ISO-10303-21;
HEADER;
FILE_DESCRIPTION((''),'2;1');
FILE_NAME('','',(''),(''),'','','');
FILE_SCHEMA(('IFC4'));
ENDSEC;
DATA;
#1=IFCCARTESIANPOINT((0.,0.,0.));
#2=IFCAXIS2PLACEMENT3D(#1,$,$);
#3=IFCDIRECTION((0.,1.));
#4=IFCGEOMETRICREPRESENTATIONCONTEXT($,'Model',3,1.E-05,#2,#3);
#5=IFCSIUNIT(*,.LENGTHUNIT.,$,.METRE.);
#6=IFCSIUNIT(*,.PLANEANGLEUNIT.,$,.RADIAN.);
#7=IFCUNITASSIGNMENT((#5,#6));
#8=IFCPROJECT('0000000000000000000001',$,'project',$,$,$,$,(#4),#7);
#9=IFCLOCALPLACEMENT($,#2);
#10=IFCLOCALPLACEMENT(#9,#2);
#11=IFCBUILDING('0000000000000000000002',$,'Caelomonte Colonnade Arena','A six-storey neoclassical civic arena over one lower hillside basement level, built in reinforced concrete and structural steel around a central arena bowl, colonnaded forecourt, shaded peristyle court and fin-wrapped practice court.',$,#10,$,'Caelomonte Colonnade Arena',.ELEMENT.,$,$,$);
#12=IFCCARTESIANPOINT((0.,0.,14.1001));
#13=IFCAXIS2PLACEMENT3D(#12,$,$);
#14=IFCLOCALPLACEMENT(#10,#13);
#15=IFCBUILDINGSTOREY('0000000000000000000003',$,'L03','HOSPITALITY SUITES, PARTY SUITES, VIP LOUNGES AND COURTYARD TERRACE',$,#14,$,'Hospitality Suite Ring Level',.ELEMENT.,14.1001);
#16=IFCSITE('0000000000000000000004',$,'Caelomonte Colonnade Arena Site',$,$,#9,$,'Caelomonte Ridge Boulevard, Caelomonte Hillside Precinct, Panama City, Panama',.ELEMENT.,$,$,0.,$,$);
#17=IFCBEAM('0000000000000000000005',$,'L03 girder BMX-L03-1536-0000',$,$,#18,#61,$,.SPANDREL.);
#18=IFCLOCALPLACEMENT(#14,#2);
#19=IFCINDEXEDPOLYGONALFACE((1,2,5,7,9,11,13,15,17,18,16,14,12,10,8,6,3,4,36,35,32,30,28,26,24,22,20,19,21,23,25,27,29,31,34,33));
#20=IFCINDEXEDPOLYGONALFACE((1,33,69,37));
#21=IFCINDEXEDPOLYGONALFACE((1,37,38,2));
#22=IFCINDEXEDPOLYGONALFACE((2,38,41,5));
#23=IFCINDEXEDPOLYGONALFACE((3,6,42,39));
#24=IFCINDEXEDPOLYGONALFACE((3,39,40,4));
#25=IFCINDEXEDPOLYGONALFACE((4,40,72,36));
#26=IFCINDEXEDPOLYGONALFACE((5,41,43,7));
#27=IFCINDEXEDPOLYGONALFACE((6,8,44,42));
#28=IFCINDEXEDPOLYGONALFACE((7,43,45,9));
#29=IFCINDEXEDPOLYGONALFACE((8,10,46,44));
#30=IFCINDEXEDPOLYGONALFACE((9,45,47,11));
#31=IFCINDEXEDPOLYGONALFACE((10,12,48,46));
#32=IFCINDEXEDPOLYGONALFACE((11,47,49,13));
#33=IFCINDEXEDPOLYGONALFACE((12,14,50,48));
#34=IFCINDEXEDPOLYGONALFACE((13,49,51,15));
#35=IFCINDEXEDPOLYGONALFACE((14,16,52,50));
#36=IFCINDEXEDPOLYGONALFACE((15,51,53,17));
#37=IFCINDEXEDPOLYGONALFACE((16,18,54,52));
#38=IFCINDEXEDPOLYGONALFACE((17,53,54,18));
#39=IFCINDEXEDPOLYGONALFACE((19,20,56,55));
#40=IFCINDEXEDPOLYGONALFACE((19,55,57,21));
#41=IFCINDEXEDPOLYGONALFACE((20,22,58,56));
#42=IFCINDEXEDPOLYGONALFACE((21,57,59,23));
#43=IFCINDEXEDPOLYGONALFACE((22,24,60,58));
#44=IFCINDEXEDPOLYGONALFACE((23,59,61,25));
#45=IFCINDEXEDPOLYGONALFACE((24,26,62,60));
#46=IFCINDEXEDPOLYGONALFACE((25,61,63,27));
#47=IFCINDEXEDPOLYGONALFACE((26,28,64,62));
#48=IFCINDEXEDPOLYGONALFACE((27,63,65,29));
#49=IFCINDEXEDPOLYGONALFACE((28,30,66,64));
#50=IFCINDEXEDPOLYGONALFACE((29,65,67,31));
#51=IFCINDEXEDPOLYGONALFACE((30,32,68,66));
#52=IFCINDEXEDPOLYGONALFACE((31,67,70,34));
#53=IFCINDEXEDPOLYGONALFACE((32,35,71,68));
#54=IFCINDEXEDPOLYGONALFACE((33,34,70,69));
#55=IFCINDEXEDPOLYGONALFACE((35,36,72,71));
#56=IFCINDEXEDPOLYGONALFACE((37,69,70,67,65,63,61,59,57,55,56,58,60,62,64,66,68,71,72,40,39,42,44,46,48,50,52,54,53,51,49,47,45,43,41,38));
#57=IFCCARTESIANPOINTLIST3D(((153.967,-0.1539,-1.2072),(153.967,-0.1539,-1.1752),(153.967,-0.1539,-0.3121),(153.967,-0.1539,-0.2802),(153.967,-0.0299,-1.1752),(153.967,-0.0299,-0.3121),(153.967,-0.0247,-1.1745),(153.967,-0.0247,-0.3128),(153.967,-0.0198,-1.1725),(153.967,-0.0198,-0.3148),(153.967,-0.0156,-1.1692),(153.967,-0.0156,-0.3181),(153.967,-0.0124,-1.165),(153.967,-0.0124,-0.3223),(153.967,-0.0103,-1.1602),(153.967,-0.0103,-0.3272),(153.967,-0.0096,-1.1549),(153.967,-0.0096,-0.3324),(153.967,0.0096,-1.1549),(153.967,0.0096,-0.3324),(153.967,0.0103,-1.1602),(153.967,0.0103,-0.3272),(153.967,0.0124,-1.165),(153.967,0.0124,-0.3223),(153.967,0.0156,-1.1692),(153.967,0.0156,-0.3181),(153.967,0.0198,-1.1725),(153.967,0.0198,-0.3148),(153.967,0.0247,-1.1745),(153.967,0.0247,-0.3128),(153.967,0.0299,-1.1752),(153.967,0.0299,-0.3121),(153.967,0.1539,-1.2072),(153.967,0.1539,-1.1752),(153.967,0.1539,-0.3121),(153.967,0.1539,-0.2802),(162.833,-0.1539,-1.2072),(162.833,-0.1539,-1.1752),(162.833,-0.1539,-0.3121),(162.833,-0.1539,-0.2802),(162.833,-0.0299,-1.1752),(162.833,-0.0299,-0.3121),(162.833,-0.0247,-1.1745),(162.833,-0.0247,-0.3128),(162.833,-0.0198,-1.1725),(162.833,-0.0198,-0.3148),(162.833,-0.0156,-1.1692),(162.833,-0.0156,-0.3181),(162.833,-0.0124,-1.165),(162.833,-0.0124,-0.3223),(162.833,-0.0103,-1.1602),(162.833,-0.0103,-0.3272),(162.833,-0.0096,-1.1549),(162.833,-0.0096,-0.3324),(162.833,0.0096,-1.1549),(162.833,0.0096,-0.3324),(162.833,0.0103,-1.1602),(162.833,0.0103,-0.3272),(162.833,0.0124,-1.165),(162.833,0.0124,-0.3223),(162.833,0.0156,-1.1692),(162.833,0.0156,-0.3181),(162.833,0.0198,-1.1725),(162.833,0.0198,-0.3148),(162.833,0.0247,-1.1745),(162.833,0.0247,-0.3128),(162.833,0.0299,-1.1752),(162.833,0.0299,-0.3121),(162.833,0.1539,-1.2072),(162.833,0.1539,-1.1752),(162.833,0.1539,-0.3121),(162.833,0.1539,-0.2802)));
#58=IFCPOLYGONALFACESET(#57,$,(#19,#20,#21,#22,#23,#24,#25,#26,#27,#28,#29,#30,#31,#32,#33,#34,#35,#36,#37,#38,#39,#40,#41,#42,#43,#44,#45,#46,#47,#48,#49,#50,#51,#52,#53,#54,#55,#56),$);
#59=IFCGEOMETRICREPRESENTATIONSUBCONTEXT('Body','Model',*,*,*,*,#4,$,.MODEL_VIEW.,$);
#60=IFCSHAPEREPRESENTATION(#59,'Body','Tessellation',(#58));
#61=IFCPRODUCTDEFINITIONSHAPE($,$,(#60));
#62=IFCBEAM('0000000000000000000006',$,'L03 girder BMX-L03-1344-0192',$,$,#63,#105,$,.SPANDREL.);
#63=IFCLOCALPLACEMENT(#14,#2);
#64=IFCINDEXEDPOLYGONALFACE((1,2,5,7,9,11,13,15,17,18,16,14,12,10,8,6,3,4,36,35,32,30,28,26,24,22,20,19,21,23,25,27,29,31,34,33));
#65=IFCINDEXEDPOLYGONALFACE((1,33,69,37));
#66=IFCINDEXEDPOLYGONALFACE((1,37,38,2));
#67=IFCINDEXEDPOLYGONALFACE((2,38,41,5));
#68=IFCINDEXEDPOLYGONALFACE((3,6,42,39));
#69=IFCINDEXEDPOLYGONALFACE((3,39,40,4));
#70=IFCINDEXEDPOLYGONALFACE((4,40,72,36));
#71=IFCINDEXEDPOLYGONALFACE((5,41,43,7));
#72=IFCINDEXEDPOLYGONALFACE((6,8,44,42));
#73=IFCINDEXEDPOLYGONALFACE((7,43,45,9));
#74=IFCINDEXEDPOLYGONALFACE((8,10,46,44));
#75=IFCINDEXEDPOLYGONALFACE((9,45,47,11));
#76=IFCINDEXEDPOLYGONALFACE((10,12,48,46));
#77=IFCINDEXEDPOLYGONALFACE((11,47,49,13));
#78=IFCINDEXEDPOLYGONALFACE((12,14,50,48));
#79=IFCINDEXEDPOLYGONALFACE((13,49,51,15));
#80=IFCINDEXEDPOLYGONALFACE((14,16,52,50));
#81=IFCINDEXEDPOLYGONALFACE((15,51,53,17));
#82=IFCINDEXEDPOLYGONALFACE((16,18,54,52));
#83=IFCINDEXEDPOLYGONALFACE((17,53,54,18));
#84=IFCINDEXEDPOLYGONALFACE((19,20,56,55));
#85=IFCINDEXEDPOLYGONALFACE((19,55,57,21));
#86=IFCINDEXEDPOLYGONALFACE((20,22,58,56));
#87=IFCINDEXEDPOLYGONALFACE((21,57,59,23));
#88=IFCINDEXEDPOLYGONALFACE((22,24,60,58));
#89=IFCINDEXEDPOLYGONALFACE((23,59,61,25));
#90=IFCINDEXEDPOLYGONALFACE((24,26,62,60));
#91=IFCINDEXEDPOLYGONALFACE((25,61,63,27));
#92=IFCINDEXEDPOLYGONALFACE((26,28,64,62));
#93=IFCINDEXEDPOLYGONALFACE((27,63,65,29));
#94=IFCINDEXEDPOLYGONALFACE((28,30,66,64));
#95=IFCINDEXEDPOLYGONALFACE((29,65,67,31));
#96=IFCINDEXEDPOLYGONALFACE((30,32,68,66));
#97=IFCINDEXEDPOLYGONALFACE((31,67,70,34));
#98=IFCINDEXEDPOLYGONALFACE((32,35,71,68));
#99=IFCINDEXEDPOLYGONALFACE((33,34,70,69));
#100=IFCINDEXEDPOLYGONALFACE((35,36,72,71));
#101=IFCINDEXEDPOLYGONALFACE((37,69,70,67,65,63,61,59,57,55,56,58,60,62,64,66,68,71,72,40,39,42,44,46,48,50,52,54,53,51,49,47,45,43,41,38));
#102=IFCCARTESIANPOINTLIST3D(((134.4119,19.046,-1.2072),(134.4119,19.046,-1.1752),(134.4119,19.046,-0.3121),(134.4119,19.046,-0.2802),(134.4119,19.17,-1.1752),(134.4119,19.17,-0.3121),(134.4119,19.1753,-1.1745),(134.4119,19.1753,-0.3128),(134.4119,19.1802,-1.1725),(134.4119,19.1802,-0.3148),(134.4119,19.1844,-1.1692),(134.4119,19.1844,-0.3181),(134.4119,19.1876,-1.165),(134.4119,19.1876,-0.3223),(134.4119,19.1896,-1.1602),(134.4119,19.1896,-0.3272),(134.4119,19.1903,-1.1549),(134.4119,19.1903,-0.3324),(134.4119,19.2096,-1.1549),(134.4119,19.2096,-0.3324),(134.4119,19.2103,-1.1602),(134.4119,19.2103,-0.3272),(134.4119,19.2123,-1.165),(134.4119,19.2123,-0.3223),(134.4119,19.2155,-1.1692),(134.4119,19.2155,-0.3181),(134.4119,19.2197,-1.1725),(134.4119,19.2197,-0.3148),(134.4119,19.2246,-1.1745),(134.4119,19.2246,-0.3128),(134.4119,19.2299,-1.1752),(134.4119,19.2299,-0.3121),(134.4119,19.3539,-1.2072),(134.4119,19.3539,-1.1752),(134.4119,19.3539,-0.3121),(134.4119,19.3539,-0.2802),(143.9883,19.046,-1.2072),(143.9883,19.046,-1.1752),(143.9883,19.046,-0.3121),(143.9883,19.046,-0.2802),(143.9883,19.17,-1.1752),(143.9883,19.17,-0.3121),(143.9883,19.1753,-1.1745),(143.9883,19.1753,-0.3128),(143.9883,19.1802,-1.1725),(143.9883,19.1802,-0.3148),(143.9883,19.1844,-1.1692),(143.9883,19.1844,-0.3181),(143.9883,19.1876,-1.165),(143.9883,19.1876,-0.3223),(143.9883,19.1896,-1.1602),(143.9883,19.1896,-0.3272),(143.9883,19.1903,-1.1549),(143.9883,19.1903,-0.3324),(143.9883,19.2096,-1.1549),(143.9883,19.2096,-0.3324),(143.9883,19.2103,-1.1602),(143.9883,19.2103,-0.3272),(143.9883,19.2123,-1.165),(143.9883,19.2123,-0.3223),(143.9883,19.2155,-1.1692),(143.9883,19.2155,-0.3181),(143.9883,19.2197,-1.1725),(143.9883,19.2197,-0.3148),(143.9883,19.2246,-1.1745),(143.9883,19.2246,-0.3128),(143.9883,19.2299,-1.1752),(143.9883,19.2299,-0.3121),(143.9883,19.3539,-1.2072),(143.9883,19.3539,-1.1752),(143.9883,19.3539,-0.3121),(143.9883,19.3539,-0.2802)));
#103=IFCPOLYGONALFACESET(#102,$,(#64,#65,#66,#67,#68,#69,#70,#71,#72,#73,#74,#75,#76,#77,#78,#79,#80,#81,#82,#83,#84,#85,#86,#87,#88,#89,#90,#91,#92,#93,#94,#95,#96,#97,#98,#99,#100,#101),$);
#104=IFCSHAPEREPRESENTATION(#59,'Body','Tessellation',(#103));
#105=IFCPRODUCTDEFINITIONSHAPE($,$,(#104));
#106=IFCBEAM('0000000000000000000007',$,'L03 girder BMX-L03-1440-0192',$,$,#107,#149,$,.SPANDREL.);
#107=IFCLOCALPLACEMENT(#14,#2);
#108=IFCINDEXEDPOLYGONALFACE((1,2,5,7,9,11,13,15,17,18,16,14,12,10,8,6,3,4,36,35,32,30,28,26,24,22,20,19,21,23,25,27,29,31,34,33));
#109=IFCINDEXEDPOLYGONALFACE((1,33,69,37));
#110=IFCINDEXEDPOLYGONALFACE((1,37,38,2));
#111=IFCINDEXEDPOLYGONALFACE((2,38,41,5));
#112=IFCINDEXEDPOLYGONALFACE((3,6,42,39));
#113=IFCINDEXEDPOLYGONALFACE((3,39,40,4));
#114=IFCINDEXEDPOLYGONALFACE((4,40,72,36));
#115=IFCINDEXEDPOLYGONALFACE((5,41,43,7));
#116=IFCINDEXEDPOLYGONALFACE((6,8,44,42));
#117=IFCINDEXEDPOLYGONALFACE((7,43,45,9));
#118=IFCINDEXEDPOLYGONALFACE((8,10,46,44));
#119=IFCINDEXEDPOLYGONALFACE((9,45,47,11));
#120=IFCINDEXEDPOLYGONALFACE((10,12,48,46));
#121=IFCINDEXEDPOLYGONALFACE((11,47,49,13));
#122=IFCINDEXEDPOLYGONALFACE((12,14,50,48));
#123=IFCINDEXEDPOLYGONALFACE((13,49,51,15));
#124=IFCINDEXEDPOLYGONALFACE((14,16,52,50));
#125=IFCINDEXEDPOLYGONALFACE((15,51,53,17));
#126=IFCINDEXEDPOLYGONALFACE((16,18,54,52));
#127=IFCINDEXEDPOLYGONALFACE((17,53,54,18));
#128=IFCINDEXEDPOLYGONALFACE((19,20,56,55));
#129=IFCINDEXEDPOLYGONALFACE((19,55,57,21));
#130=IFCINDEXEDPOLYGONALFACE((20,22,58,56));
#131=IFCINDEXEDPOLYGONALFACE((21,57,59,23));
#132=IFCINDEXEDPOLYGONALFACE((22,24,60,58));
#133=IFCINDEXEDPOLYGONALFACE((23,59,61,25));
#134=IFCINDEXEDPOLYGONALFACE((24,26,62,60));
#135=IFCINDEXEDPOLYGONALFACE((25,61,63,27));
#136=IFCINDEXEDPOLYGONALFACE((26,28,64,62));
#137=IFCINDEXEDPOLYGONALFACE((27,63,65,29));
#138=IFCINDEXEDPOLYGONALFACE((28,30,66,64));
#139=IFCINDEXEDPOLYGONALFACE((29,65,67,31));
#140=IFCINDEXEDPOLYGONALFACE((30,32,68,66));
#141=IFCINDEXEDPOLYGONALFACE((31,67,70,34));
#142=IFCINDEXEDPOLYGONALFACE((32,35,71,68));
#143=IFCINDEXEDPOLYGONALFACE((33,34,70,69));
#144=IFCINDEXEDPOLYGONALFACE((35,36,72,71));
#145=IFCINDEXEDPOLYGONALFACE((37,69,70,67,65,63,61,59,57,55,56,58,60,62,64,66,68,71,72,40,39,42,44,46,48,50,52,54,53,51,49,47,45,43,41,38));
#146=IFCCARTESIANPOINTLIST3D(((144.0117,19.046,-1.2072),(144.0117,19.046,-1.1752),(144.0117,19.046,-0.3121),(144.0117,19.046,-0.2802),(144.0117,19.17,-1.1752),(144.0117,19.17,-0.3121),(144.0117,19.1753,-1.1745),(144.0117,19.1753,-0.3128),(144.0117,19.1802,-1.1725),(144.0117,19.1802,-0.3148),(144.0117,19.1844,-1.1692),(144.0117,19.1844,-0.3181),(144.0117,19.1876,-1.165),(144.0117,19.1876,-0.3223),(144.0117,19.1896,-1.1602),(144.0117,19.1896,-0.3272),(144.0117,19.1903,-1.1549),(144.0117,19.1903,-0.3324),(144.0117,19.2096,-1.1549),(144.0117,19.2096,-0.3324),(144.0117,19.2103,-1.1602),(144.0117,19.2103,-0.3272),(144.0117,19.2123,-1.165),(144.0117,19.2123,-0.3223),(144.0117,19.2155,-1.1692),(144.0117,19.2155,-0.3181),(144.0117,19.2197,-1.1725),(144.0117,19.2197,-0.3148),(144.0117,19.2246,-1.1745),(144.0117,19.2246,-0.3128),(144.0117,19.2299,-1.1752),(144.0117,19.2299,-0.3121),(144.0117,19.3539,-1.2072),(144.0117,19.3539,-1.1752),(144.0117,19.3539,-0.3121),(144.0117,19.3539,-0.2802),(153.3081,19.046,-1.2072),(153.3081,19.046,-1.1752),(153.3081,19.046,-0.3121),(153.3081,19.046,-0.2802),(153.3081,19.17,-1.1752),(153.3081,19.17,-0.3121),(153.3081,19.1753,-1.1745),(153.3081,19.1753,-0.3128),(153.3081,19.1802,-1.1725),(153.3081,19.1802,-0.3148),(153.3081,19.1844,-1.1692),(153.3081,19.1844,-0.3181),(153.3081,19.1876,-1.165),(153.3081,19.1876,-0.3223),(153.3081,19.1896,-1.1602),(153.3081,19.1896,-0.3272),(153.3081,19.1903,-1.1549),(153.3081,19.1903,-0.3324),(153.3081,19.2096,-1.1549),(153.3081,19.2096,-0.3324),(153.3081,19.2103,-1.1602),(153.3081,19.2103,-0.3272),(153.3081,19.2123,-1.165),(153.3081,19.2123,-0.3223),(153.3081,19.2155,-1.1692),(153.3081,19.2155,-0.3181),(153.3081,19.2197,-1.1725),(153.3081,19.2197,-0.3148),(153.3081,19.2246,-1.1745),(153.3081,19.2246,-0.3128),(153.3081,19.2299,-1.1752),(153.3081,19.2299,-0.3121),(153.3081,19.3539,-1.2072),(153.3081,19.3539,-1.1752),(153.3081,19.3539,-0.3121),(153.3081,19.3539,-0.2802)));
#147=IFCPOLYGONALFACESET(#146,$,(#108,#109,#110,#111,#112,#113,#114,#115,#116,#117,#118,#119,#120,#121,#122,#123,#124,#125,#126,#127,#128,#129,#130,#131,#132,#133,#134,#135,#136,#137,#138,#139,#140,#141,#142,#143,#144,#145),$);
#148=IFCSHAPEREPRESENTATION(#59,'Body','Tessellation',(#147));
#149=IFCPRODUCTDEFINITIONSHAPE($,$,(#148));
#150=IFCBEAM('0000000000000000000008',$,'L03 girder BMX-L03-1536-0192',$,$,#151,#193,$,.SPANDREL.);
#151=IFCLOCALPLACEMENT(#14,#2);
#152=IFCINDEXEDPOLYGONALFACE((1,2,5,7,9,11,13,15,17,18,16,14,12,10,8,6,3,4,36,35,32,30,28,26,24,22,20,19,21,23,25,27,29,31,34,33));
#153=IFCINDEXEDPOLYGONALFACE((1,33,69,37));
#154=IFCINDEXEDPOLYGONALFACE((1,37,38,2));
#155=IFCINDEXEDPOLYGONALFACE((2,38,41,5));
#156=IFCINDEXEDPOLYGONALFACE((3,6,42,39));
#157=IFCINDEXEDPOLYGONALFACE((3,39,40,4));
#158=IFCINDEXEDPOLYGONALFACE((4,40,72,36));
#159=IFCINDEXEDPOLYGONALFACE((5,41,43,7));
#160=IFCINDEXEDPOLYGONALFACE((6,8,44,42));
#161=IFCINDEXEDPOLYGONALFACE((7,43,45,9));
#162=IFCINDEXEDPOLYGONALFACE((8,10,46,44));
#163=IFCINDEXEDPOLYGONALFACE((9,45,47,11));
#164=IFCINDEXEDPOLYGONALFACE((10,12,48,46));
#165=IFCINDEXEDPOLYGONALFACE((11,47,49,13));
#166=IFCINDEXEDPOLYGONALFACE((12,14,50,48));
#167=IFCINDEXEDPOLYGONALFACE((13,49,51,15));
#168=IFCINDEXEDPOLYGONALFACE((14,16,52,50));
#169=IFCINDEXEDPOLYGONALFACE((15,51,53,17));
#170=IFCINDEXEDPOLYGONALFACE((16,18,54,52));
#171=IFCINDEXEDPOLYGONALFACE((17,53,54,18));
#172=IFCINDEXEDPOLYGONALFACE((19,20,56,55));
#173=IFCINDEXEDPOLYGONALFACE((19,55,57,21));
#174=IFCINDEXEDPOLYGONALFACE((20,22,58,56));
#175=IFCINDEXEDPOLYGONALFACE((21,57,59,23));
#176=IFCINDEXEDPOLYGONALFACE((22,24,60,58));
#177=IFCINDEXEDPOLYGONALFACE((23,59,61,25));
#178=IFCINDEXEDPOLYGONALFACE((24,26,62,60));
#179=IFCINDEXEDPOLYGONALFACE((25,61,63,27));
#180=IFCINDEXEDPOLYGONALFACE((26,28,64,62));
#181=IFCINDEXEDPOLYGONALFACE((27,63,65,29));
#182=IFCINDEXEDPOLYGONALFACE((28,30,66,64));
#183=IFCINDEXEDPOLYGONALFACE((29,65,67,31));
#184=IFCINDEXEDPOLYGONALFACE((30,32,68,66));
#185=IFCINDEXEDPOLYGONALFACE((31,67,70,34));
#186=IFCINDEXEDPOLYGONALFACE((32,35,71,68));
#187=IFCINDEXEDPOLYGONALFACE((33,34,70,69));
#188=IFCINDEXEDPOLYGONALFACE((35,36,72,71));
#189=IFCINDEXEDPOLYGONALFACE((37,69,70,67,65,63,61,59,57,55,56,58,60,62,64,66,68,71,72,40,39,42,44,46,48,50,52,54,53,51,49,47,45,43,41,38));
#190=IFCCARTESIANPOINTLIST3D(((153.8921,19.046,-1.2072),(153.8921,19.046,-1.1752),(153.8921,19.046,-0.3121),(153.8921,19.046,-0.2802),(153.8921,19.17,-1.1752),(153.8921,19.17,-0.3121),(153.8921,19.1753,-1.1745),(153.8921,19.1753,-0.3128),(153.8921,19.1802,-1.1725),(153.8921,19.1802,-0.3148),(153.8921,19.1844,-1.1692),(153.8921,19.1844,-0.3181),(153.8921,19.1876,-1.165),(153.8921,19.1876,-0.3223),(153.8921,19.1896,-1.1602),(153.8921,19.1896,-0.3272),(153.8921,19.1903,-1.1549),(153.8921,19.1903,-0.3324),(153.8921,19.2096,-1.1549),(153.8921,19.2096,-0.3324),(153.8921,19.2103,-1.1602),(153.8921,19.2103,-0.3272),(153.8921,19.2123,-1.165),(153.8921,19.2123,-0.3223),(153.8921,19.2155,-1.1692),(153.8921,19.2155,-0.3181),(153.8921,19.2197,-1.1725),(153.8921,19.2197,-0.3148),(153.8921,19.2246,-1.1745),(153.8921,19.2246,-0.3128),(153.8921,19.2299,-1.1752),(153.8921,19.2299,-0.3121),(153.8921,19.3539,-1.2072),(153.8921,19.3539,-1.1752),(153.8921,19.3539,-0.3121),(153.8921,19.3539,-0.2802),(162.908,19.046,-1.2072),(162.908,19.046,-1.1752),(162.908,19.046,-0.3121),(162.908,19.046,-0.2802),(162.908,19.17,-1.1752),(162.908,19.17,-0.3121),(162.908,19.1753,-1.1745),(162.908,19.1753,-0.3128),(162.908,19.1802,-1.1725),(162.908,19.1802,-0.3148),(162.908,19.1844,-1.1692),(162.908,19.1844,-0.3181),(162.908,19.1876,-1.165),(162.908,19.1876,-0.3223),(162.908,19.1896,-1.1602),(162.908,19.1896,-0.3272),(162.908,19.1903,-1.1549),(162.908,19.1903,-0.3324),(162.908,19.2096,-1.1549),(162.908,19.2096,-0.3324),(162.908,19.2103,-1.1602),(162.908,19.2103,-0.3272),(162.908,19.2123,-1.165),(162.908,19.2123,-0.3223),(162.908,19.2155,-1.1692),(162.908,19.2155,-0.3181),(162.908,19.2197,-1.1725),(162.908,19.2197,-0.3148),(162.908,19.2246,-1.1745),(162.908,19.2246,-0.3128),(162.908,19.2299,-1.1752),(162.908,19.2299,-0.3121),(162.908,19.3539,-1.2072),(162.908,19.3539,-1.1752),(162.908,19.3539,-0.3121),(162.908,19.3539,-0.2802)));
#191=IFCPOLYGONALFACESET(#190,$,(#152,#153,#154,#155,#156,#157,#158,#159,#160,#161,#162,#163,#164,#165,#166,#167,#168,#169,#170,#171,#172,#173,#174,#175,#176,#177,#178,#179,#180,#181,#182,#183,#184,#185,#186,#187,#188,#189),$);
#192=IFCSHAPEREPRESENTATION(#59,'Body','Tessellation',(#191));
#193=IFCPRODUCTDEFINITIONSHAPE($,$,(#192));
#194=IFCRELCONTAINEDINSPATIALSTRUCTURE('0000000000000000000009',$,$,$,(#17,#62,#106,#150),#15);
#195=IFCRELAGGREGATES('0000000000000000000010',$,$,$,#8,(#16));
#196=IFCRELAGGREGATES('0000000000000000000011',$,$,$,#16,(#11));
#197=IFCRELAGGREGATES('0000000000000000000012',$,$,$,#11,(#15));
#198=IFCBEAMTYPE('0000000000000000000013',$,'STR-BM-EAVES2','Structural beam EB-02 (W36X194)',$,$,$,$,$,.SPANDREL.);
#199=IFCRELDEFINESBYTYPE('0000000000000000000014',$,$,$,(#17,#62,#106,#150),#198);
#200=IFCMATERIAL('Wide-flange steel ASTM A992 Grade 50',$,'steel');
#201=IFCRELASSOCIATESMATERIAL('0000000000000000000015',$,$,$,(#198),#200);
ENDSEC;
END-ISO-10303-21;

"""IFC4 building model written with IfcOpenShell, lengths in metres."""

from ifc_helpers import new_model, si_unit, direction, frame, origin, origin_2d, place, context, subcontext, project, spatial, i_section, extrude, material, material_profile, profile_set, type_object, element, save


model = new_model("IFC4")

# Units and contexts
model_context = context("Model", 3, precision=1e-05, world=origin(), true_north=direction((0.0, 1.0)))
body_context = subcontext(model_context, "Body", "Model", "MODEL_VIEW")
ifc_project = project(units=[si_unit("LENGTHUNIT", "METRE"), si_unit("PLANEANGLEUNIT", "RADIAN")], contexts=[model_context])

# Site, building, storey
site_placement = place(None, origin())
site = spatial("IfcSite", under=ifc_project, at=site_placement, Name="Caelomonte Colonnade Arena Site", LongName="Caelomonte Ridge Boulevard, Caelomonte Hillside Precinct, Panama City, Panama", CompositionType="ELEMENT", RefElevation=0.0)
building_placement = place(site_placement, origin())
building = spatial("IfcBuilding", under=site, at=building_placement, Name="Caelomonte Colonnade Arena", Description="A six-storey neoclassical civic arena over one lower hillside basement level, built in reinforced concrete and structural steel around a central arena bowl, colonnaded forecourt, shaded peristyle court and fin-wrapped practice court.", LongName="Caelomonte Colonnade Arena", CompositionType="ELEMENT")
storey_placement = place(building_placement, frame((0.0, 0.0, 14.1001)))
storey = spatial("IfcBuildingStorey", under=building, at=storey_placement, Name="L03", Description="HOSPITALITY SUITES, PARTY SUITES, VIP LOUNGES AND COURTYARD TERRACE", LongName="Hospitality Suite Ring Level", CompositionType="ELEMENT", Elevation=14.1001)

# Shared definitions
ifc_material_1 = material(Name="Wide-flange steel ASTM A992 Grade 50", Category="steel")

# Beams
ifc_material_profile_1 = material_profile(ifc_material_1, i_section(OverallWidth=0.3079, OverallDepth=0.927, WebThickness=0.0193, FlangeThickness=0.032, FilletRadius=0.0203, at=origin_2d()), Name="W36X194")
ifc_profile_set_1 = profile_set([ifc_material_profile_1], Name="Wide-flange steel ASTM A992 Grade 50")
beam_type_1 = type_object("IfcBeamType", Name="STR-BM-EAVES2", Description="Structural beam EB-02 (W36X194)", PredefinedType="SPANDREL", material=ifc_profile_set_1)
for number, where, z_axis, x_axis, name in (
    (1, (153.967, 0.0, -0.7437), (1.0, 0.0, 0.0), (0.0, 1.0, 0.0), "L03 girder BMX-L03-1536-0000"),
):
    element("IfcBeam", number, at=place(storey_placement, frame(where, z_axis=z_axis, x_axis=x_axis)), inside=storey, type_object=beam_type_1, Name=name, PredefinedType="SPANDREL", context=body_context, shape_type="SweptSolid", body=[
        extrude(i_section(OverallWidth=0.3079, OverallDepth=0.927, WebThickness=0.0193, FlangeThickness=0.032, FilletRadius=0.0203, at=origin_2d()), origin(), (0.0, 0.0, 1.0), 8.866),
    ])
beam_1_placement = place(storey_placement, frame((134.4119, 19.2, -0.7437), z_axis=(1.0, 0.0, 0.0), x_axis=(0.0, 1.0, 0.0)))
element("IfcBeam", 2, at=beam_1_placement, inside=storey, type_object=beam_type_1, Name="L03 girder BMX-L03-1344-0192", PredefinedType="SPANDREL", context=body_context, shape_type="SweptSolid", body=[
    extrude(i_section(OverallWidth=0.3079, OverallDepth=0.927, WebThickness=0.0193, FlangeThickness=0.032, FilletRadius=0.0203, at=origin_2d()), origin(), (0.0, 0.0, 1.0), 9.5764),
])
beam_2_placement = place(storey_placement, frame((144.0117, 19.2, -0.7437), z_axis=(1.0, 0.0, 0.0), x_axis=(0.0, 1.0, 0.0)))
element("IfcBeam", 3, at=beam_2_placement, inside=storey, type_object=beam_type_1, Name="L03 girder BMX-L03-1440-0192", PredefinedType="SPANDREL", context=body_context, shape_type="SweptSolid", body=[
    extrude(i_section(OverallWidth=0.3079, OverallDepth=0.927, WebThickness=0.0193, FlangeThickness=0.032, FilletRadius=0.0203, at=origin_2d()), origin(), (0.0, 0.0, 1.0), 9.2964),
])
beam_3_placement = place(storey_placement, frame((153.8921, 19.2, -0.7437), z_axis=(1.0, 0.0, 0.0), x_axis=(0.0, 1.0, 0.0)))
element("IfcBeam", 4, at=beam_3_placement, inside=storey, type_object=beam_type_1, Name="L03 girder BMX-L03-1536-0192", PredefinedType="SPANDREL", context=body_context, shape_type="SweptSolid", body=[
    extrude(i_section(OverallWidth=0.3079, OverallDepth=0.927, WebThickness=0.0193, FlangeThickness=0.032, FilletRadius=0.0203, at=origin_2d()), origin(), (0.0, 0.0, 1.0), 9.0159),
])

save(model, "model.ifc")
